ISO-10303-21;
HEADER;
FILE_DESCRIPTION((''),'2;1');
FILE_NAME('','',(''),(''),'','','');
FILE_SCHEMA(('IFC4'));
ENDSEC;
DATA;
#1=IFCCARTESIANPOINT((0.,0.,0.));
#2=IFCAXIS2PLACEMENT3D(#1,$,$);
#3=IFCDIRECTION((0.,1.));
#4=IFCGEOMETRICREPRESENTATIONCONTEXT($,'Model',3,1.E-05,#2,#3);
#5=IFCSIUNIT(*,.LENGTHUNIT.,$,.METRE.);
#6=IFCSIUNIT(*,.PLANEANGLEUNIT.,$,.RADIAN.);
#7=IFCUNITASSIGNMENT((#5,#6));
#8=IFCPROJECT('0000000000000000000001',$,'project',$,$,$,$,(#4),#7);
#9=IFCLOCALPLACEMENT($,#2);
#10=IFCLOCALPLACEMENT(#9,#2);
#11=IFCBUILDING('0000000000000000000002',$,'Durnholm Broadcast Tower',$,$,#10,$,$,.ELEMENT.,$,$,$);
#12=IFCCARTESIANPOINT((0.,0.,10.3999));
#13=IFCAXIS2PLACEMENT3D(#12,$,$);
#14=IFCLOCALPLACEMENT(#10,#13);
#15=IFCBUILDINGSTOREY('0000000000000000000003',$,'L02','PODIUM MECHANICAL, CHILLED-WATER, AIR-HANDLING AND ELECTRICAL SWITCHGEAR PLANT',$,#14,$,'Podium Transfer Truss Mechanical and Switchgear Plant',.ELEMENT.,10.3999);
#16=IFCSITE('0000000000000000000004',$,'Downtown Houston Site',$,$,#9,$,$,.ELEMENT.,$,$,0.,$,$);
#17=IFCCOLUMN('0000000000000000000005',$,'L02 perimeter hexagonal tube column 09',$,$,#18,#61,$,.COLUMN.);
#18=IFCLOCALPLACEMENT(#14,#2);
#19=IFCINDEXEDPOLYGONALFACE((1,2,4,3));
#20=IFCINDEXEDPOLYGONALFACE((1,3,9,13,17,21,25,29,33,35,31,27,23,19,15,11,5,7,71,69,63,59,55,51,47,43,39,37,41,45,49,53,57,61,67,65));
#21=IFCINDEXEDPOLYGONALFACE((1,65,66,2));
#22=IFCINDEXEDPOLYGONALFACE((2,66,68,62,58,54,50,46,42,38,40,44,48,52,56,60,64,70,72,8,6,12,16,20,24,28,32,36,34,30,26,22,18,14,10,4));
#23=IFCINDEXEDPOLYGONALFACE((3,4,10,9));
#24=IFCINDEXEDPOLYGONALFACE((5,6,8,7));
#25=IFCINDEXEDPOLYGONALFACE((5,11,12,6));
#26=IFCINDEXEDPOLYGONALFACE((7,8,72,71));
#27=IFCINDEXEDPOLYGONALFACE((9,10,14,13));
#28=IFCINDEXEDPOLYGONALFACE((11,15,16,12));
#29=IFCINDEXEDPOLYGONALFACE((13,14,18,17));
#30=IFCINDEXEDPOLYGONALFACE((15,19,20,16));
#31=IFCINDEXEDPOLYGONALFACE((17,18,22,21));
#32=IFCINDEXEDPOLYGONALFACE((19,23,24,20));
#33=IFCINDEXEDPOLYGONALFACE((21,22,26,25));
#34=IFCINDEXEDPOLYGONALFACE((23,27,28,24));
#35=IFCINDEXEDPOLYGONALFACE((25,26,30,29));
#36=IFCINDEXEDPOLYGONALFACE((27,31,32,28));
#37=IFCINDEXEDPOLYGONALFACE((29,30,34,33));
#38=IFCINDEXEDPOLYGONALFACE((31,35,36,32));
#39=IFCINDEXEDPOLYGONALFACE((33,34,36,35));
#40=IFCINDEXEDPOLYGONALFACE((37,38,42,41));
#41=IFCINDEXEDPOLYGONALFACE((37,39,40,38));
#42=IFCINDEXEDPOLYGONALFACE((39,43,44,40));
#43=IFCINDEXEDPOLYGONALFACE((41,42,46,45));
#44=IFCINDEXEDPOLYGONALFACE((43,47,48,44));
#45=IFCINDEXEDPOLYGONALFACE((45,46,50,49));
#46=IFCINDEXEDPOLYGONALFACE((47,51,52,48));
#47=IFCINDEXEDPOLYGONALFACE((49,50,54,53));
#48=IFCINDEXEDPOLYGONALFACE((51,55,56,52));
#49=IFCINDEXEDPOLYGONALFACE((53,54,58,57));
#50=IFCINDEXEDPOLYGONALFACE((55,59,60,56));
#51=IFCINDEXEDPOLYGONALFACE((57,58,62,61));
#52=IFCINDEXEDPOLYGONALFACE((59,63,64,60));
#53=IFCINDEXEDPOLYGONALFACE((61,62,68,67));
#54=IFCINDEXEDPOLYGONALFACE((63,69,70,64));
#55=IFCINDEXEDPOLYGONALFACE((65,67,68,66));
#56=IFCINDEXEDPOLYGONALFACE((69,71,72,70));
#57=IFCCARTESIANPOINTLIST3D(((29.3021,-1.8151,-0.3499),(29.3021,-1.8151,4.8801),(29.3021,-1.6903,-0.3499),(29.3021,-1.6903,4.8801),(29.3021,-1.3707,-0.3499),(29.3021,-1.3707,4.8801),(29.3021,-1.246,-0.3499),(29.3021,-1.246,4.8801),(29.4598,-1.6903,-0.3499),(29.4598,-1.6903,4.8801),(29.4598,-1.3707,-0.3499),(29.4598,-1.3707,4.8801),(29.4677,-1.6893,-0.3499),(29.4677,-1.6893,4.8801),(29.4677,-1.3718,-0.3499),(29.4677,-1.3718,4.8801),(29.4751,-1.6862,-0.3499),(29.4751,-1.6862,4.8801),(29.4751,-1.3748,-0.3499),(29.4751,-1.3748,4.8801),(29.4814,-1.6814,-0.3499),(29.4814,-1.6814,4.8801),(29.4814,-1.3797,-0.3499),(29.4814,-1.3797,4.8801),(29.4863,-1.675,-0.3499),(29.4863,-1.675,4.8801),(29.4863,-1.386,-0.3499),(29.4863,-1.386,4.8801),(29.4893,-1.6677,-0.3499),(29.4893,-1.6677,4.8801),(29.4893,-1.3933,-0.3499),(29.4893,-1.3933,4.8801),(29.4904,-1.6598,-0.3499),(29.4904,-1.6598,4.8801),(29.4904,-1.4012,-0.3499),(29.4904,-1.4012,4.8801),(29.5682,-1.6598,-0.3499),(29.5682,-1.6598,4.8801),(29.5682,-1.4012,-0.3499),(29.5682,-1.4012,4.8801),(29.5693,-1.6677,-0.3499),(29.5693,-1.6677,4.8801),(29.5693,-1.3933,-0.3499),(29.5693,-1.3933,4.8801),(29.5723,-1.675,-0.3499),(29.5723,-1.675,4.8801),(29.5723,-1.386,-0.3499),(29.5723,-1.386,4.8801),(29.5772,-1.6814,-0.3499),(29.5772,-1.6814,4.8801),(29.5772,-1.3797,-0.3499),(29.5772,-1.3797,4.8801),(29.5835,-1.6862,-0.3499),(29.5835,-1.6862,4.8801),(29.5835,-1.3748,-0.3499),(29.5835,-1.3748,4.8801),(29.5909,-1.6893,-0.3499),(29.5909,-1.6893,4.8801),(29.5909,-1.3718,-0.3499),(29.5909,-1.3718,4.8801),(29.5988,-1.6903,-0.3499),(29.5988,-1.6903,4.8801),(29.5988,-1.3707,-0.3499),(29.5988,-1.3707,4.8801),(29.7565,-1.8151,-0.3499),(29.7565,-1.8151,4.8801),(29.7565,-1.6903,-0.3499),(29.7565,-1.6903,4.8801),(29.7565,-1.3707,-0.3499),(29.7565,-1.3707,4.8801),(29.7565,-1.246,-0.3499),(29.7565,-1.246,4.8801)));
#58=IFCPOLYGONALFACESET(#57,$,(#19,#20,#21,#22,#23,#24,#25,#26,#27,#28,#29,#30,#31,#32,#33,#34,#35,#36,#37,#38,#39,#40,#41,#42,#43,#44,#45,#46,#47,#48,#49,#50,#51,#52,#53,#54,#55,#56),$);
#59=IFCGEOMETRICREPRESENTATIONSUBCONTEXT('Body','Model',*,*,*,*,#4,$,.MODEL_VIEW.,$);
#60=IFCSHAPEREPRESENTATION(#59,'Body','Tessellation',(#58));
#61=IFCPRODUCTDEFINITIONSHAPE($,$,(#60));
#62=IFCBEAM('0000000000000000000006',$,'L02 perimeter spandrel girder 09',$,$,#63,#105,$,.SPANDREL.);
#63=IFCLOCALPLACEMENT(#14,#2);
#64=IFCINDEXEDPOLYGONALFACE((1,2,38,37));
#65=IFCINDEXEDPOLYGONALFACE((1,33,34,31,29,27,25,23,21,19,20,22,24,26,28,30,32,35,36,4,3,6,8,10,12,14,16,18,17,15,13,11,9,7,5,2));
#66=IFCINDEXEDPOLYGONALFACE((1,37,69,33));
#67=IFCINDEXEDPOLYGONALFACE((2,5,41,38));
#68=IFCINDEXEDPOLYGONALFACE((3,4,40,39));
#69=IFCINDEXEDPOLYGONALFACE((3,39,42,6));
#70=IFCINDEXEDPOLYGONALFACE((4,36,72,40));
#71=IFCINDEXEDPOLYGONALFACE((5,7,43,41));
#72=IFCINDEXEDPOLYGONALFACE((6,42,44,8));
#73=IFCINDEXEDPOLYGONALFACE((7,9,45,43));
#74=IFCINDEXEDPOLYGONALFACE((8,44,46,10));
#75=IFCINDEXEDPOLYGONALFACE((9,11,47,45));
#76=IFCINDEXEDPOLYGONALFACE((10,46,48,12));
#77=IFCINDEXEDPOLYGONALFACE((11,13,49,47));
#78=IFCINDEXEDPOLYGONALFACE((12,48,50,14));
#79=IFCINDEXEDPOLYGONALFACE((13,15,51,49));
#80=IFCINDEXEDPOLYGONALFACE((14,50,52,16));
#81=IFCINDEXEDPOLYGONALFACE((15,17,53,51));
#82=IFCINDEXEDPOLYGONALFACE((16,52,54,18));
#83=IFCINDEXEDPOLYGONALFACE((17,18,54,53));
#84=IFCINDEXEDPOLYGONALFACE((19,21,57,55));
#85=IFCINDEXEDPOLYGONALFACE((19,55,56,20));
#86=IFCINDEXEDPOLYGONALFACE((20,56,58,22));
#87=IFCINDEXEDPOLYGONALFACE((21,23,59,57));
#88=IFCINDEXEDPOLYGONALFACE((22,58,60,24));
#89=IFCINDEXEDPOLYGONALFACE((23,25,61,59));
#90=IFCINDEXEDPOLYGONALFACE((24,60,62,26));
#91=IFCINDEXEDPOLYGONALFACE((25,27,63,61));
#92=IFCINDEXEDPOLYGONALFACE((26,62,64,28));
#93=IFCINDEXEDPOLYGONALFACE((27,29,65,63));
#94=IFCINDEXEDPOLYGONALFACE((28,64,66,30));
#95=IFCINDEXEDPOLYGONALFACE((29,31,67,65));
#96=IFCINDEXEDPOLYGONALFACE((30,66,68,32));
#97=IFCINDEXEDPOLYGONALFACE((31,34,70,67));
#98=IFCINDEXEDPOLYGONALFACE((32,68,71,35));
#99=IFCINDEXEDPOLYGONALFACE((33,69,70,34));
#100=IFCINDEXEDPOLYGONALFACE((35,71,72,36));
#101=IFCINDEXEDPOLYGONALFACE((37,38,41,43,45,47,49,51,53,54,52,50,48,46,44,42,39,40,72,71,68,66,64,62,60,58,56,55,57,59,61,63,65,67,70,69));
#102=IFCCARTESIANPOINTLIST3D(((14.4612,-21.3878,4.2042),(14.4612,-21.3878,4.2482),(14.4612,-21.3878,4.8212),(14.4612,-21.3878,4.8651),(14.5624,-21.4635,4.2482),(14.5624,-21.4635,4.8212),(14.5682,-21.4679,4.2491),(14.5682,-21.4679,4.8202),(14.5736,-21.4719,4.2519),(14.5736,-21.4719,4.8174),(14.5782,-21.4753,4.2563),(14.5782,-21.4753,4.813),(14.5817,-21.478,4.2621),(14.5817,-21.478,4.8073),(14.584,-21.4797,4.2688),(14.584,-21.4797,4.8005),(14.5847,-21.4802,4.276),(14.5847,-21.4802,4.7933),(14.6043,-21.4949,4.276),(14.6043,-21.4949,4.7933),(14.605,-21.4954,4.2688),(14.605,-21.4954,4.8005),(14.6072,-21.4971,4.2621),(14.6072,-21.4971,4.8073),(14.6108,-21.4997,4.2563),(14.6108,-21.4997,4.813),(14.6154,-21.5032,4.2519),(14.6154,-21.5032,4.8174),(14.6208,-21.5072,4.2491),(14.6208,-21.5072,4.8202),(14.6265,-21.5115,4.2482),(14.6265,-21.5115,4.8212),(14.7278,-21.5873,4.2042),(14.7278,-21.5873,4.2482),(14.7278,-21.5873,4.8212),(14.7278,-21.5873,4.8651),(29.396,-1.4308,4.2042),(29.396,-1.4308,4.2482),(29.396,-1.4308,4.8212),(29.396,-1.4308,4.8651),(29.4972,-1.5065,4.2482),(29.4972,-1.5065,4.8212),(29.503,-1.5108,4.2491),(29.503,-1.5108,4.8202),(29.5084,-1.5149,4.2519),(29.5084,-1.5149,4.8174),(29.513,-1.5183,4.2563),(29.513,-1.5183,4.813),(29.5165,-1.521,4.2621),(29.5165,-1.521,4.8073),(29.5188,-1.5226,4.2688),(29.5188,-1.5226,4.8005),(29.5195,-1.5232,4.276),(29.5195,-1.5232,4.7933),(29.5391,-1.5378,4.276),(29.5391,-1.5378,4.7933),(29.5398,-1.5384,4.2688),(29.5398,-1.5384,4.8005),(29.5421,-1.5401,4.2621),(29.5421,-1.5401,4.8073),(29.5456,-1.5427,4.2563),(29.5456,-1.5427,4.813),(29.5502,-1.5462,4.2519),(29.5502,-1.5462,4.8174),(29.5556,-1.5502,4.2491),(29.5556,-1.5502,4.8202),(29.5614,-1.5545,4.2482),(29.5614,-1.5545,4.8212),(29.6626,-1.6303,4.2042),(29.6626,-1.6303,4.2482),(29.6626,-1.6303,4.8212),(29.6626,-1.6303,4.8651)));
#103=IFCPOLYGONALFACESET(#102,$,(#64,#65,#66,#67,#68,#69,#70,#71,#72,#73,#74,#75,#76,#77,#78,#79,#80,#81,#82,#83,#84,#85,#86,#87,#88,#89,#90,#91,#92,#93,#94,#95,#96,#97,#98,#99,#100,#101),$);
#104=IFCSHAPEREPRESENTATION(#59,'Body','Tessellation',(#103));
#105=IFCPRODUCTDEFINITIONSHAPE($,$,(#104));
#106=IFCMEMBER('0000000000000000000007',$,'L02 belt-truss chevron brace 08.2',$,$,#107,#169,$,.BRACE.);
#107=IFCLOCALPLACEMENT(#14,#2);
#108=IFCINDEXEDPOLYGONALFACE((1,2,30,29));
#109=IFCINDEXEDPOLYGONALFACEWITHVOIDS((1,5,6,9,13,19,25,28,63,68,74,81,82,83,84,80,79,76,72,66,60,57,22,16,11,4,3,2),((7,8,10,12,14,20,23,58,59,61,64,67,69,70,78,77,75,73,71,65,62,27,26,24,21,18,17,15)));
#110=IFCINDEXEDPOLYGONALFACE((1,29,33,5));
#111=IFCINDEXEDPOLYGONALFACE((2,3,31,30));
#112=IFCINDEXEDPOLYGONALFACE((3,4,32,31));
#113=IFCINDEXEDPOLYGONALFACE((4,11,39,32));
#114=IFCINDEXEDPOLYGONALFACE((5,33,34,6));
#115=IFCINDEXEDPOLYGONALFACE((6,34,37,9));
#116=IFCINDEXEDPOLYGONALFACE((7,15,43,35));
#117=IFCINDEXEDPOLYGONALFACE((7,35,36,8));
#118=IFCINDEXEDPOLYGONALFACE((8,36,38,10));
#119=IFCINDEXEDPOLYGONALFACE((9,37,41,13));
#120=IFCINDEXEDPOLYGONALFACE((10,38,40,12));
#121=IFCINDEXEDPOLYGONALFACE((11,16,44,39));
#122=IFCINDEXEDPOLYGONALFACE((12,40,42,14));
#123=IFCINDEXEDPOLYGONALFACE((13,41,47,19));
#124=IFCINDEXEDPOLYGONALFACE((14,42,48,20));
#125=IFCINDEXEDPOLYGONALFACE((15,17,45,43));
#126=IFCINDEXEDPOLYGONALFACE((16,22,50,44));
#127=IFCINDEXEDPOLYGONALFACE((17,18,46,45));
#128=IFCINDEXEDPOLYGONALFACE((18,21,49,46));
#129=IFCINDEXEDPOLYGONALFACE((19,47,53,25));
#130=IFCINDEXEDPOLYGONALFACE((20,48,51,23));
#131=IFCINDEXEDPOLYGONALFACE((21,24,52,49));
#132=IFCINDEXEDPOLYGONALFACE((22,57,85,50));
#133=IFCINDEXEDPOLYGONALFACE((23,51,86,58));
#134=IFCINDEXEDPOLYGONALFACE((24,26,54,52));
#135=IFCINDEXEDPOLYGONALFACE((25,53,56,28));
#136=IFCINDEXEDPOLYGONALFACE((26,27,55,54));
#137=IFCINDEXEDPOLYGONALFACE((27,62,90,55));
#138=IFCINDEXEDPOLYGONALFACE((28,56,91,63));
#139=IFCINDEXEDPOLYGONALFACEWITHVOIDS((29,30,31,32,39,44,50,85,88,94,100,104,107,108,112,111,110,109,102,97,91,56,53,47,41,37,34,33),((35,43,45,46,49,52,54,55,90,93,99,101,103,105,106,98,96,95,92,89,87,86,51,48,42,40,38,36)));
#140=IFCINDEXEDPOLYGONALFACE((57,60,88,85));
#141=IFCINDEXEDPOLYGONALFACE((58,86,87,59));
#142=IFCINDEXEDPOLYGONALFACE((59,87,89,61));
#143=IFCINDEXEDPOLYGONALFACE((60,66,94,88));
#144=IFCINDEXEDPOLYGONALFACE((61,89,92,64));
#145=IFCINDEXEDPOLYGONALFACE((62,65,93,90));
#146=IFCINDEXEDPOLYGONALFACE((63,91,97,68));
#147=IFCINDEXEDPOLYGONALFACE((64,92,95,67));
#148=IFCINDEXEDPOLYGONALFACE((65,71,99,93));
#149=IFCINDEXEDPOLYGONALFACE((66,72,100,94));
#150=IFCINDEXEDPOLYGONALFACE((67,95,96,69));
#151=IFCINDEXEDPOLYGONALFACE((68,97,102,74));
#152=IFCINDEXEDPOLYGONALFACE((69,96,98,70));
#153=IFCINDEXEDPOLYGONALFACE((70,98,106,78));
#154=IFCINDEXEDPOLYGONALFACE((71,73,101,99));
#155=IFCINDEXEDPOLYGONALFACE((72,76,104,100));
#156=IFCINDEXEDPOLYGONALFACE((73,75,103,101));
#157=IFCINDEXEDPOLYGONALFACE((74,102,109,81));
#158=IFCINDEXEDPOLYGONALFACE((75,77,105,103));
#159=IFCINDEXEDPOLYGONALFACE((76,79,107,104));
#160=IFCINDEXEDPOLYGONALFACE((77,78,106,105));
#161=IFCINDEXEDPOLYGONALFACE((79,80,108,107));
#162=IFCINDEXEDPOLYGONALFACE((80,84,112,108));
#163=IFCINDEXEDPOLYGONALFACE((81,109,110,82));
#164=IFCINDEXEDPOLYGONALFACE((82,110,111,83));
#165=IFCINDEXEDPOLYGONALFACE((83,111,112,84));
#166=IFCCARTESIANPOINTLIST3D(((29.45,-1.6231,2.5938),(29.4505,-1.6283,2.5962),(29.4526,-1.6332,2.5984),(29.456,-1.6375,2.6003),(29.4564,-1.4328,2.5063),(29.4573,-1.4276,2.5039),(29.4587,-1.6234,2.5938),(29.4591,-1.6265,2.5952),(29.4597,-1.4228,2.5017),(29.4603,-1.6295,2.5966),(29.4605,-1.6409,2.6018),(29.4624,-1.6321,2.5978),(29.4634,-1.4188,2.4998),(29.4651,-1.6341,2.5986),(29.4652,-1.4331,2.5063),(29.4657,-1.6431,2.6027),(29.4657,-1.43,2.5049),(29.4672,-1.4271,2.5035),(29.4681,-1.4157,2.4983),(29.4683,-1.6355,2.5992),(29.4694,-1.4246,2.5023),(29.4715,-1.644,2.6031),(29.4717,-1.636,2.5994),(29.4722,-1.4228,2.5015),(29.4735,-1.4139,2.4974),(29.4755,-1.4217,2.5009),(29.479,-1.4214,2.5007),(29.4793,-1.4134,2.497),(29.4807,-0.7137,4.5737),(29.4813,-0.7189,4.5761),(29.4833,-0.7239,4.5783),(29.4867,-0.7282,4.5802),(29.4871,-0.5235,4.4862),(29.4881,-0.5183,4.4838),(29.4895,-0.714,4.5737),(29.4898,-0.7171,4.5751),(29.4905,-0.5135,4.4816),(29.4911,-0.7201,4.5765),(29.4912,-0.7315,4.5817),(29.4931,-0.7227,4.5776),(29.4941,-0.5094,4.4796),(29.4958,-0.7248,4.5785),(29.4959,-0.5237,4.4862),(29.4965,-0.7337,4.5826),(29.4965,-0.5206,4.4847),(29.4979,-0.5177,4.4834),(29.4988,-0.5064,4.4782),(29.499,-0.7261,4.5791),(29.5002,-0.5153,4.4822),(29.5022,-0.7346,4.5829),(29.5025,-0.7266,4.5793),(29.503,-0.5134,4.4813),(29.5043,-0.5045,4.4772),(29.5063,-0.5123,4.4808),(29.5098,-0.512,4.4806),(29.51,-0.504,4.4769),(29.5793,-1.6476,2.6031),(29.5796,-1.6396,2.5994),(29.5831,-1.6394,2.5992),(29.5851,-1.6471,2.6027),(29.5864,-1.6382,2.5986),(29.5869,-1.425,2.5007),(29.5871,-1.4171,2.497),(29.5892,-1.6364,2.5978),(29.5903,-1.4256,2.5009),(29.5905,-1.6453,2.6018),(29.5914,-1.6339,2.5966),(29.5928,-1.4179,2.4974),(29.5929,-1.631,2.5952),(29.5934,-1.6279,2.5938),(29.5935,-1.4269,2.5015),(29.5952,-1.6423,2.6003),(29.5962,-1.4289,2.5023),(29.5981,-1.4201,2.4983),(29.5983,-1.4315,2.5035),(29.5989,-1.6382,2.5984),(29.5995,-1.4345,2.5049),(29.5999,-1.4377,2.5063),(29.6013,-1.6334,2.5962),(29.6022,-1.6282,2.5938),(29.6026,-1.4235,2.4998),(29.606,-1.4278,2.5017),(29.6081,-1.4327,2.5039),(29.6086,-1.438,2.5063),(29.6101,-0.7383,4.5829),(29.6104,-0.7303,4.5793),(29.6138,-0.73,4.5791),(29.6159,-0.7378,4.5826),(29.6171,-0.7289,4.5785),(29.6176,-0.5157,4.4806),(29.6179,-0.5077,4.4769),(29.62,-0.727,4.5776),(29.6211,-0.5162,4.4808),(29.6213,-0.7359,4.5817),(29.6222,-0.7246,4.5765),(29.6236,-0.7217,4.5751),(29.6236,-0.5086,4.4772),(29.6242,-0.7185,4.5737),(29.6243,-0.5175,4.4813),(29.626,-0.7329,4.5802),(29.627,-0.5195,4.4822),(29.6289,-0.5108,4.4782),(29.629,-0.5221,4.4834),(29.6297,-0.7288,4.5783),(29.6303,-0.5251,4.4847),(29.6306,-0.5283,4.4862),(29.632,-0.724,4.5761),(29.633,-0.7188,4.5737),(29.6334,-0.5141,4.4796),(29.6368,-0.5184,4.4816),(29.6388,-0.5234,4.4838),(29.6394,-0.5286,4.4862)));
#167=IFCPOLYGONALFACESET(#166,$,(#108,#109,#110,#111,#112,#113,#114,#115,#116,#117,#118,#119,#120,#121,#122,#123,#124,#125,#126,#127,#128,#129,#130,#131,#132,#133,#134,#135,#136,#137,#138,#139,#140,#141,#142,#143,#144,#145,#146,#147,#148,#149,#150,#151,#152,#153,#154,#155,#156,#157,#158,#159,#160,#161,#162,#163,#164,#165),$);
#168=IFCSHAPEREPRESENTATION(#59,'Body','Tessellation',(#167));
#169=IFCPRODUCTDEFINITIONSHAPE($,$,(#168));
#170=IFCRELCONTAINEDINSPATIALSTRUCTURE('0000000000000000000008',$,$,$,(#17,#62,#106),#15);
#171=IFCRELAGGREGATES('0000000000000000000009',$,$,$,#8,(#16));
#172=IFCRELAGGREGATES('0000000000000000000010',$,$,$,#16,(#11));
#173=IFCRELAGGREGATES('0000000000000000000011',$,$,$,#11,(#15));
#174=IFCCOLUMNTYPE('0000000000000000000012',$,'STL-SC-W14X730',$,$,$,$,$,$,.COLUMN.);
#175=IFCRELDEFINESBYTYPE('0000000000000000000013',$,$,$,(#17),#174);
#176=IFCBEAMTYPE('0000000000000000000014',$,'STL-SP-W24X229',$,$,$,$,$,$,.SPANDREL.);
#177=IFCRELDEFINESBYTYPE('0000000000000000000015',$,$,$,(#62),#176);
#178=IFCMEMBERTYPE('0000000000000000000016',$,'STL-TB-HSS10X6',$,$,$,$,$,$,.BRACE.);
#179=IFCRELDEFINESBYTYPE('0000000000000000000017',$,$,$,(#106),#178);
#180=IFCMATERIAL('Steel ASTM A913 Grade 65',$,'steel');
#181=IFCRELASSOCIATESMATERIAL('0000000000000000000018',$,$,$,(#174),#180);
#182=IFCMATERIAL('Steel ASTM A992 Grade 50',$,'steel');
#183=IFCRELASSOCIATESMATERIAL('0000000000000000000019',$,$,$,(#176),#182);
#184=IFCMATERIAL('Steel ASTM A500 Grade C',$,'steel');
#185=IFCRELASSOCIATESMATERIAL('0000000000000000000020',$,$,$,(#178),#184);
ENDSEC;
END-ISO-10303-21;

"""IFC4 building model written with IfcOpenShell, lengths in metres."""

from ifc_helpers import new_model, si_unit, direction, frame, origin, origin_2d, place, context, subcontext, project, spatial, hollow_rectangle, i_section, extrude, source, transform, mapped, material, material_profile, profile_set, type_object, type_shapes, element, save


model = new_model("IFC4")

# Units and contexts
model_context = context("Model", 3, precision=1e-05, world=origin(), true_north=direction((0.0, 1.0)))
body_context = subcontext(model_context, "Body", "Model", "MODEL_VIEW")
ifc_project = project(units=[si_unit("LENGTHUNIT", "METRE"), si_unit("PLANEANGLEUNIT", "RADIAN")], contexts=[model_context])

# Site, building, storey
site_placement = place(None, origin())
site = spatial("IfcSite", under=ifc_project, at=site_placement, Name="Downtown Houston Site", CompositionType="ELEMENT", RefElevation=0.0)
building_placement = place(site_placement, origin())
building = spatial("IfcBuilding", under=site, at=building_placement, Name="Durnholm Broadcast Tower", CompositionType="ELEMENT")
storey_placement = place(building_placement, frame((0.0, 0.0, 10.3999)))
storey = spatial("IfcBuildingStorey", under=building, at=storey_placement, Name="L02", Description="PODIUM MECHANICAL, CHILLED-WATER, AIR-HANDLING AND ELECTRICAL SWITCHGEAR PLANT", LongName="Podium Transfer Truss Mechanical and Switchgear Plant", CompositionType="ELEMENT", Elevation=10.3999)

# Column
ifc_material_1 = material(Name="Steel ASTM A913 Grade 65", Category="steel")
ifc_material_profile_1 = material_profile(ifc_material_1, i_section(OverallWidth=0.4543, OverallDepth=0.5691, WebThickness=0.0779, FlangeThickness=0.1248, FilletRadius=0.0305, at=origin_2d()), Name="W14X730")
ifc_profile_set_1 = profile_set([ifc_material_profile_1], Name="Steel ASTM A913 Grade 65")
column_type = type_object("IfcColumnType", Name="STL-SC-W14X730", PredefinedType="COLUMN", material=ifc_profile_set_1)
shared_shape_1 = source(origin(), body_context, "Body", "SweptSolid", [
    extrude(i_section(OverallWidth=0.4543, OverallDepth=0.5691, WebThickness=0.0779, FlangeThickness=0.1248, FilletRadius=0.0305, at=origin_2d()), origin(), (0.0, 0.0, 1.0), 5.23),
])
type_shapes(column_type, [shared_shape_1])
column_placement = place(storey_placement, frame((29.5293, -1.5305, -0.3499), z_axis=(0.0, 0.0, 1.0), x_axis=(1.0, 0.0, 0.0)))
element("IfcColumn", 1, at=column_placement, inside=storey, type_object=column_type, Name="L02 perimeter hexagonal tube column 09", PredefinedType="COLUMN", context=body_context, shape_type="MappedRepresentation", body=[
    mapped(shared_shape_1, transform((0.0, 0.0, 0.0), x_axis=(1.0, 0.0, 0.0), y_axis=(0.0, 1.0, 0.0), z_axis=(0.0, 0.0, 1.0), scale=1.0)),
])

# Beam
ifc_material_2 = material(Name="Steel ASTM A992 Grade 50", Category="steel")
ifc_material_profile_2 = material_profile(ifc_material_2, i_section(OverallWidth=0.333, OverallDepth=0.6609, WebThickness=0.0244, FlangeThickness=0.0439, FilletRadius=0.0278, at=origin_2d()), Name="W24X229")
ifc_profile_set_2 = profile_set([ifc_material_profile_2], Name="Steel ASTM A992 Grade 50")
beam_type_1 = type_object("IfcBeamType", Name="STL-SP-W24X229", PredefinedType="SPANDREL", material=ifc_profile_set_2)
shared_shape_2 = source(origin(), body_context, "Body", "SweptSolid", [
    extrude(i_section(OverallWidth=0.333, OverallDepth=0.6609, WebThickness=0.0244, FlangeThickness=0.0439, FilletRadius=0.0278, at=origin_2d()), origin(), (0.0, 0.0, 1.0), 24.9265),
])
type_shapes(beam_type_1, [shared_shape_2])
beam_1_placement = place(storey_placement, frame((29.5293, -1.5305, 4.5347), z_axis=(-0.599153, -0.800634, 0.0), x_axis=(0.800634, -0.599153, 0.0)))
element("IfcBeam", 2, at=beam_1_placement, inside=storey, type_object=beam_type_1, Name="L02 perimeter spandrel girder 09", PredefinedType="SPANDREL", context=body_context, shape_type="MappedRepresentation", body=[
    mapped(shared_shape_2, transform((0.0, 0.0, 0.0), x_axis=(1.0, 0.0, 0.0), y_axis=(0.0, 1.0, 0.0), z_axis=(0.0, 0.0, 1.0), scale=1.0)),
])

# Member
ifc_material_3 = material(Name="Steel ASTM A500 Grade C", Category="steel")
ifc_material_profile_3 = material_profile(ifc_material_3, hollow_rectangle(XDim=0.1523, YDim=0.2539, WallThickness=0.0088, InnerFilletRadius=0.0134, OuterFilletRadius=0.0222, at=origin_2d()), Name="HSS10X6X3/8")
ifc_profile_set_3 = profile_set([ifc_material_profile_3], Name="Steel ASTM A500 Grade C")
member_type_1 = type_object("IfcMemberType", Name="STL-TB-HSS10X6", PredefinedType="BRACE", material=ifc_profile_set_3)
shared_shape_3 = source(origin(), body_context, "Body", "SweptSolid", [
    extrude(hollow_rectangle(XDim=0.1523, YDim=0.2539, WallThickness=0.0088, InnerFilletRadius=0.0134, OuterFilletRadius=0.0222, at=origin_2d()), origin(), (0.0, 0.0, 1.0), 2.179),
])
type_shapes(member_type_1, [shared_shape_3])
member_1_placement = place(storey_placement, frame((29.5293, -1.5305, 2.55), z_axis=(0.014117, 0.417346, 0.908638), x_axis=(-0.999428, 0.033806, 0.0)))
element("IfcMember", 3, at=member_1_placement, inside=storey, type_object=member_type_1, Name="L02 belt-truss chevron brace 08.2", PredefinedType="BRACE", context=body_context, shape_type="MappedRepresentation", body=[
    mapped(shared_shape_3, transform((0.0, 0.0, 0.0), x_axis=(1.0, 0.0, 0.0), y_axis=(0.0, 1.0, 0.0), z_axis=(0.0, 0.0, 1.0), scale=1.0)),
])

save(model, "model.ifc")
